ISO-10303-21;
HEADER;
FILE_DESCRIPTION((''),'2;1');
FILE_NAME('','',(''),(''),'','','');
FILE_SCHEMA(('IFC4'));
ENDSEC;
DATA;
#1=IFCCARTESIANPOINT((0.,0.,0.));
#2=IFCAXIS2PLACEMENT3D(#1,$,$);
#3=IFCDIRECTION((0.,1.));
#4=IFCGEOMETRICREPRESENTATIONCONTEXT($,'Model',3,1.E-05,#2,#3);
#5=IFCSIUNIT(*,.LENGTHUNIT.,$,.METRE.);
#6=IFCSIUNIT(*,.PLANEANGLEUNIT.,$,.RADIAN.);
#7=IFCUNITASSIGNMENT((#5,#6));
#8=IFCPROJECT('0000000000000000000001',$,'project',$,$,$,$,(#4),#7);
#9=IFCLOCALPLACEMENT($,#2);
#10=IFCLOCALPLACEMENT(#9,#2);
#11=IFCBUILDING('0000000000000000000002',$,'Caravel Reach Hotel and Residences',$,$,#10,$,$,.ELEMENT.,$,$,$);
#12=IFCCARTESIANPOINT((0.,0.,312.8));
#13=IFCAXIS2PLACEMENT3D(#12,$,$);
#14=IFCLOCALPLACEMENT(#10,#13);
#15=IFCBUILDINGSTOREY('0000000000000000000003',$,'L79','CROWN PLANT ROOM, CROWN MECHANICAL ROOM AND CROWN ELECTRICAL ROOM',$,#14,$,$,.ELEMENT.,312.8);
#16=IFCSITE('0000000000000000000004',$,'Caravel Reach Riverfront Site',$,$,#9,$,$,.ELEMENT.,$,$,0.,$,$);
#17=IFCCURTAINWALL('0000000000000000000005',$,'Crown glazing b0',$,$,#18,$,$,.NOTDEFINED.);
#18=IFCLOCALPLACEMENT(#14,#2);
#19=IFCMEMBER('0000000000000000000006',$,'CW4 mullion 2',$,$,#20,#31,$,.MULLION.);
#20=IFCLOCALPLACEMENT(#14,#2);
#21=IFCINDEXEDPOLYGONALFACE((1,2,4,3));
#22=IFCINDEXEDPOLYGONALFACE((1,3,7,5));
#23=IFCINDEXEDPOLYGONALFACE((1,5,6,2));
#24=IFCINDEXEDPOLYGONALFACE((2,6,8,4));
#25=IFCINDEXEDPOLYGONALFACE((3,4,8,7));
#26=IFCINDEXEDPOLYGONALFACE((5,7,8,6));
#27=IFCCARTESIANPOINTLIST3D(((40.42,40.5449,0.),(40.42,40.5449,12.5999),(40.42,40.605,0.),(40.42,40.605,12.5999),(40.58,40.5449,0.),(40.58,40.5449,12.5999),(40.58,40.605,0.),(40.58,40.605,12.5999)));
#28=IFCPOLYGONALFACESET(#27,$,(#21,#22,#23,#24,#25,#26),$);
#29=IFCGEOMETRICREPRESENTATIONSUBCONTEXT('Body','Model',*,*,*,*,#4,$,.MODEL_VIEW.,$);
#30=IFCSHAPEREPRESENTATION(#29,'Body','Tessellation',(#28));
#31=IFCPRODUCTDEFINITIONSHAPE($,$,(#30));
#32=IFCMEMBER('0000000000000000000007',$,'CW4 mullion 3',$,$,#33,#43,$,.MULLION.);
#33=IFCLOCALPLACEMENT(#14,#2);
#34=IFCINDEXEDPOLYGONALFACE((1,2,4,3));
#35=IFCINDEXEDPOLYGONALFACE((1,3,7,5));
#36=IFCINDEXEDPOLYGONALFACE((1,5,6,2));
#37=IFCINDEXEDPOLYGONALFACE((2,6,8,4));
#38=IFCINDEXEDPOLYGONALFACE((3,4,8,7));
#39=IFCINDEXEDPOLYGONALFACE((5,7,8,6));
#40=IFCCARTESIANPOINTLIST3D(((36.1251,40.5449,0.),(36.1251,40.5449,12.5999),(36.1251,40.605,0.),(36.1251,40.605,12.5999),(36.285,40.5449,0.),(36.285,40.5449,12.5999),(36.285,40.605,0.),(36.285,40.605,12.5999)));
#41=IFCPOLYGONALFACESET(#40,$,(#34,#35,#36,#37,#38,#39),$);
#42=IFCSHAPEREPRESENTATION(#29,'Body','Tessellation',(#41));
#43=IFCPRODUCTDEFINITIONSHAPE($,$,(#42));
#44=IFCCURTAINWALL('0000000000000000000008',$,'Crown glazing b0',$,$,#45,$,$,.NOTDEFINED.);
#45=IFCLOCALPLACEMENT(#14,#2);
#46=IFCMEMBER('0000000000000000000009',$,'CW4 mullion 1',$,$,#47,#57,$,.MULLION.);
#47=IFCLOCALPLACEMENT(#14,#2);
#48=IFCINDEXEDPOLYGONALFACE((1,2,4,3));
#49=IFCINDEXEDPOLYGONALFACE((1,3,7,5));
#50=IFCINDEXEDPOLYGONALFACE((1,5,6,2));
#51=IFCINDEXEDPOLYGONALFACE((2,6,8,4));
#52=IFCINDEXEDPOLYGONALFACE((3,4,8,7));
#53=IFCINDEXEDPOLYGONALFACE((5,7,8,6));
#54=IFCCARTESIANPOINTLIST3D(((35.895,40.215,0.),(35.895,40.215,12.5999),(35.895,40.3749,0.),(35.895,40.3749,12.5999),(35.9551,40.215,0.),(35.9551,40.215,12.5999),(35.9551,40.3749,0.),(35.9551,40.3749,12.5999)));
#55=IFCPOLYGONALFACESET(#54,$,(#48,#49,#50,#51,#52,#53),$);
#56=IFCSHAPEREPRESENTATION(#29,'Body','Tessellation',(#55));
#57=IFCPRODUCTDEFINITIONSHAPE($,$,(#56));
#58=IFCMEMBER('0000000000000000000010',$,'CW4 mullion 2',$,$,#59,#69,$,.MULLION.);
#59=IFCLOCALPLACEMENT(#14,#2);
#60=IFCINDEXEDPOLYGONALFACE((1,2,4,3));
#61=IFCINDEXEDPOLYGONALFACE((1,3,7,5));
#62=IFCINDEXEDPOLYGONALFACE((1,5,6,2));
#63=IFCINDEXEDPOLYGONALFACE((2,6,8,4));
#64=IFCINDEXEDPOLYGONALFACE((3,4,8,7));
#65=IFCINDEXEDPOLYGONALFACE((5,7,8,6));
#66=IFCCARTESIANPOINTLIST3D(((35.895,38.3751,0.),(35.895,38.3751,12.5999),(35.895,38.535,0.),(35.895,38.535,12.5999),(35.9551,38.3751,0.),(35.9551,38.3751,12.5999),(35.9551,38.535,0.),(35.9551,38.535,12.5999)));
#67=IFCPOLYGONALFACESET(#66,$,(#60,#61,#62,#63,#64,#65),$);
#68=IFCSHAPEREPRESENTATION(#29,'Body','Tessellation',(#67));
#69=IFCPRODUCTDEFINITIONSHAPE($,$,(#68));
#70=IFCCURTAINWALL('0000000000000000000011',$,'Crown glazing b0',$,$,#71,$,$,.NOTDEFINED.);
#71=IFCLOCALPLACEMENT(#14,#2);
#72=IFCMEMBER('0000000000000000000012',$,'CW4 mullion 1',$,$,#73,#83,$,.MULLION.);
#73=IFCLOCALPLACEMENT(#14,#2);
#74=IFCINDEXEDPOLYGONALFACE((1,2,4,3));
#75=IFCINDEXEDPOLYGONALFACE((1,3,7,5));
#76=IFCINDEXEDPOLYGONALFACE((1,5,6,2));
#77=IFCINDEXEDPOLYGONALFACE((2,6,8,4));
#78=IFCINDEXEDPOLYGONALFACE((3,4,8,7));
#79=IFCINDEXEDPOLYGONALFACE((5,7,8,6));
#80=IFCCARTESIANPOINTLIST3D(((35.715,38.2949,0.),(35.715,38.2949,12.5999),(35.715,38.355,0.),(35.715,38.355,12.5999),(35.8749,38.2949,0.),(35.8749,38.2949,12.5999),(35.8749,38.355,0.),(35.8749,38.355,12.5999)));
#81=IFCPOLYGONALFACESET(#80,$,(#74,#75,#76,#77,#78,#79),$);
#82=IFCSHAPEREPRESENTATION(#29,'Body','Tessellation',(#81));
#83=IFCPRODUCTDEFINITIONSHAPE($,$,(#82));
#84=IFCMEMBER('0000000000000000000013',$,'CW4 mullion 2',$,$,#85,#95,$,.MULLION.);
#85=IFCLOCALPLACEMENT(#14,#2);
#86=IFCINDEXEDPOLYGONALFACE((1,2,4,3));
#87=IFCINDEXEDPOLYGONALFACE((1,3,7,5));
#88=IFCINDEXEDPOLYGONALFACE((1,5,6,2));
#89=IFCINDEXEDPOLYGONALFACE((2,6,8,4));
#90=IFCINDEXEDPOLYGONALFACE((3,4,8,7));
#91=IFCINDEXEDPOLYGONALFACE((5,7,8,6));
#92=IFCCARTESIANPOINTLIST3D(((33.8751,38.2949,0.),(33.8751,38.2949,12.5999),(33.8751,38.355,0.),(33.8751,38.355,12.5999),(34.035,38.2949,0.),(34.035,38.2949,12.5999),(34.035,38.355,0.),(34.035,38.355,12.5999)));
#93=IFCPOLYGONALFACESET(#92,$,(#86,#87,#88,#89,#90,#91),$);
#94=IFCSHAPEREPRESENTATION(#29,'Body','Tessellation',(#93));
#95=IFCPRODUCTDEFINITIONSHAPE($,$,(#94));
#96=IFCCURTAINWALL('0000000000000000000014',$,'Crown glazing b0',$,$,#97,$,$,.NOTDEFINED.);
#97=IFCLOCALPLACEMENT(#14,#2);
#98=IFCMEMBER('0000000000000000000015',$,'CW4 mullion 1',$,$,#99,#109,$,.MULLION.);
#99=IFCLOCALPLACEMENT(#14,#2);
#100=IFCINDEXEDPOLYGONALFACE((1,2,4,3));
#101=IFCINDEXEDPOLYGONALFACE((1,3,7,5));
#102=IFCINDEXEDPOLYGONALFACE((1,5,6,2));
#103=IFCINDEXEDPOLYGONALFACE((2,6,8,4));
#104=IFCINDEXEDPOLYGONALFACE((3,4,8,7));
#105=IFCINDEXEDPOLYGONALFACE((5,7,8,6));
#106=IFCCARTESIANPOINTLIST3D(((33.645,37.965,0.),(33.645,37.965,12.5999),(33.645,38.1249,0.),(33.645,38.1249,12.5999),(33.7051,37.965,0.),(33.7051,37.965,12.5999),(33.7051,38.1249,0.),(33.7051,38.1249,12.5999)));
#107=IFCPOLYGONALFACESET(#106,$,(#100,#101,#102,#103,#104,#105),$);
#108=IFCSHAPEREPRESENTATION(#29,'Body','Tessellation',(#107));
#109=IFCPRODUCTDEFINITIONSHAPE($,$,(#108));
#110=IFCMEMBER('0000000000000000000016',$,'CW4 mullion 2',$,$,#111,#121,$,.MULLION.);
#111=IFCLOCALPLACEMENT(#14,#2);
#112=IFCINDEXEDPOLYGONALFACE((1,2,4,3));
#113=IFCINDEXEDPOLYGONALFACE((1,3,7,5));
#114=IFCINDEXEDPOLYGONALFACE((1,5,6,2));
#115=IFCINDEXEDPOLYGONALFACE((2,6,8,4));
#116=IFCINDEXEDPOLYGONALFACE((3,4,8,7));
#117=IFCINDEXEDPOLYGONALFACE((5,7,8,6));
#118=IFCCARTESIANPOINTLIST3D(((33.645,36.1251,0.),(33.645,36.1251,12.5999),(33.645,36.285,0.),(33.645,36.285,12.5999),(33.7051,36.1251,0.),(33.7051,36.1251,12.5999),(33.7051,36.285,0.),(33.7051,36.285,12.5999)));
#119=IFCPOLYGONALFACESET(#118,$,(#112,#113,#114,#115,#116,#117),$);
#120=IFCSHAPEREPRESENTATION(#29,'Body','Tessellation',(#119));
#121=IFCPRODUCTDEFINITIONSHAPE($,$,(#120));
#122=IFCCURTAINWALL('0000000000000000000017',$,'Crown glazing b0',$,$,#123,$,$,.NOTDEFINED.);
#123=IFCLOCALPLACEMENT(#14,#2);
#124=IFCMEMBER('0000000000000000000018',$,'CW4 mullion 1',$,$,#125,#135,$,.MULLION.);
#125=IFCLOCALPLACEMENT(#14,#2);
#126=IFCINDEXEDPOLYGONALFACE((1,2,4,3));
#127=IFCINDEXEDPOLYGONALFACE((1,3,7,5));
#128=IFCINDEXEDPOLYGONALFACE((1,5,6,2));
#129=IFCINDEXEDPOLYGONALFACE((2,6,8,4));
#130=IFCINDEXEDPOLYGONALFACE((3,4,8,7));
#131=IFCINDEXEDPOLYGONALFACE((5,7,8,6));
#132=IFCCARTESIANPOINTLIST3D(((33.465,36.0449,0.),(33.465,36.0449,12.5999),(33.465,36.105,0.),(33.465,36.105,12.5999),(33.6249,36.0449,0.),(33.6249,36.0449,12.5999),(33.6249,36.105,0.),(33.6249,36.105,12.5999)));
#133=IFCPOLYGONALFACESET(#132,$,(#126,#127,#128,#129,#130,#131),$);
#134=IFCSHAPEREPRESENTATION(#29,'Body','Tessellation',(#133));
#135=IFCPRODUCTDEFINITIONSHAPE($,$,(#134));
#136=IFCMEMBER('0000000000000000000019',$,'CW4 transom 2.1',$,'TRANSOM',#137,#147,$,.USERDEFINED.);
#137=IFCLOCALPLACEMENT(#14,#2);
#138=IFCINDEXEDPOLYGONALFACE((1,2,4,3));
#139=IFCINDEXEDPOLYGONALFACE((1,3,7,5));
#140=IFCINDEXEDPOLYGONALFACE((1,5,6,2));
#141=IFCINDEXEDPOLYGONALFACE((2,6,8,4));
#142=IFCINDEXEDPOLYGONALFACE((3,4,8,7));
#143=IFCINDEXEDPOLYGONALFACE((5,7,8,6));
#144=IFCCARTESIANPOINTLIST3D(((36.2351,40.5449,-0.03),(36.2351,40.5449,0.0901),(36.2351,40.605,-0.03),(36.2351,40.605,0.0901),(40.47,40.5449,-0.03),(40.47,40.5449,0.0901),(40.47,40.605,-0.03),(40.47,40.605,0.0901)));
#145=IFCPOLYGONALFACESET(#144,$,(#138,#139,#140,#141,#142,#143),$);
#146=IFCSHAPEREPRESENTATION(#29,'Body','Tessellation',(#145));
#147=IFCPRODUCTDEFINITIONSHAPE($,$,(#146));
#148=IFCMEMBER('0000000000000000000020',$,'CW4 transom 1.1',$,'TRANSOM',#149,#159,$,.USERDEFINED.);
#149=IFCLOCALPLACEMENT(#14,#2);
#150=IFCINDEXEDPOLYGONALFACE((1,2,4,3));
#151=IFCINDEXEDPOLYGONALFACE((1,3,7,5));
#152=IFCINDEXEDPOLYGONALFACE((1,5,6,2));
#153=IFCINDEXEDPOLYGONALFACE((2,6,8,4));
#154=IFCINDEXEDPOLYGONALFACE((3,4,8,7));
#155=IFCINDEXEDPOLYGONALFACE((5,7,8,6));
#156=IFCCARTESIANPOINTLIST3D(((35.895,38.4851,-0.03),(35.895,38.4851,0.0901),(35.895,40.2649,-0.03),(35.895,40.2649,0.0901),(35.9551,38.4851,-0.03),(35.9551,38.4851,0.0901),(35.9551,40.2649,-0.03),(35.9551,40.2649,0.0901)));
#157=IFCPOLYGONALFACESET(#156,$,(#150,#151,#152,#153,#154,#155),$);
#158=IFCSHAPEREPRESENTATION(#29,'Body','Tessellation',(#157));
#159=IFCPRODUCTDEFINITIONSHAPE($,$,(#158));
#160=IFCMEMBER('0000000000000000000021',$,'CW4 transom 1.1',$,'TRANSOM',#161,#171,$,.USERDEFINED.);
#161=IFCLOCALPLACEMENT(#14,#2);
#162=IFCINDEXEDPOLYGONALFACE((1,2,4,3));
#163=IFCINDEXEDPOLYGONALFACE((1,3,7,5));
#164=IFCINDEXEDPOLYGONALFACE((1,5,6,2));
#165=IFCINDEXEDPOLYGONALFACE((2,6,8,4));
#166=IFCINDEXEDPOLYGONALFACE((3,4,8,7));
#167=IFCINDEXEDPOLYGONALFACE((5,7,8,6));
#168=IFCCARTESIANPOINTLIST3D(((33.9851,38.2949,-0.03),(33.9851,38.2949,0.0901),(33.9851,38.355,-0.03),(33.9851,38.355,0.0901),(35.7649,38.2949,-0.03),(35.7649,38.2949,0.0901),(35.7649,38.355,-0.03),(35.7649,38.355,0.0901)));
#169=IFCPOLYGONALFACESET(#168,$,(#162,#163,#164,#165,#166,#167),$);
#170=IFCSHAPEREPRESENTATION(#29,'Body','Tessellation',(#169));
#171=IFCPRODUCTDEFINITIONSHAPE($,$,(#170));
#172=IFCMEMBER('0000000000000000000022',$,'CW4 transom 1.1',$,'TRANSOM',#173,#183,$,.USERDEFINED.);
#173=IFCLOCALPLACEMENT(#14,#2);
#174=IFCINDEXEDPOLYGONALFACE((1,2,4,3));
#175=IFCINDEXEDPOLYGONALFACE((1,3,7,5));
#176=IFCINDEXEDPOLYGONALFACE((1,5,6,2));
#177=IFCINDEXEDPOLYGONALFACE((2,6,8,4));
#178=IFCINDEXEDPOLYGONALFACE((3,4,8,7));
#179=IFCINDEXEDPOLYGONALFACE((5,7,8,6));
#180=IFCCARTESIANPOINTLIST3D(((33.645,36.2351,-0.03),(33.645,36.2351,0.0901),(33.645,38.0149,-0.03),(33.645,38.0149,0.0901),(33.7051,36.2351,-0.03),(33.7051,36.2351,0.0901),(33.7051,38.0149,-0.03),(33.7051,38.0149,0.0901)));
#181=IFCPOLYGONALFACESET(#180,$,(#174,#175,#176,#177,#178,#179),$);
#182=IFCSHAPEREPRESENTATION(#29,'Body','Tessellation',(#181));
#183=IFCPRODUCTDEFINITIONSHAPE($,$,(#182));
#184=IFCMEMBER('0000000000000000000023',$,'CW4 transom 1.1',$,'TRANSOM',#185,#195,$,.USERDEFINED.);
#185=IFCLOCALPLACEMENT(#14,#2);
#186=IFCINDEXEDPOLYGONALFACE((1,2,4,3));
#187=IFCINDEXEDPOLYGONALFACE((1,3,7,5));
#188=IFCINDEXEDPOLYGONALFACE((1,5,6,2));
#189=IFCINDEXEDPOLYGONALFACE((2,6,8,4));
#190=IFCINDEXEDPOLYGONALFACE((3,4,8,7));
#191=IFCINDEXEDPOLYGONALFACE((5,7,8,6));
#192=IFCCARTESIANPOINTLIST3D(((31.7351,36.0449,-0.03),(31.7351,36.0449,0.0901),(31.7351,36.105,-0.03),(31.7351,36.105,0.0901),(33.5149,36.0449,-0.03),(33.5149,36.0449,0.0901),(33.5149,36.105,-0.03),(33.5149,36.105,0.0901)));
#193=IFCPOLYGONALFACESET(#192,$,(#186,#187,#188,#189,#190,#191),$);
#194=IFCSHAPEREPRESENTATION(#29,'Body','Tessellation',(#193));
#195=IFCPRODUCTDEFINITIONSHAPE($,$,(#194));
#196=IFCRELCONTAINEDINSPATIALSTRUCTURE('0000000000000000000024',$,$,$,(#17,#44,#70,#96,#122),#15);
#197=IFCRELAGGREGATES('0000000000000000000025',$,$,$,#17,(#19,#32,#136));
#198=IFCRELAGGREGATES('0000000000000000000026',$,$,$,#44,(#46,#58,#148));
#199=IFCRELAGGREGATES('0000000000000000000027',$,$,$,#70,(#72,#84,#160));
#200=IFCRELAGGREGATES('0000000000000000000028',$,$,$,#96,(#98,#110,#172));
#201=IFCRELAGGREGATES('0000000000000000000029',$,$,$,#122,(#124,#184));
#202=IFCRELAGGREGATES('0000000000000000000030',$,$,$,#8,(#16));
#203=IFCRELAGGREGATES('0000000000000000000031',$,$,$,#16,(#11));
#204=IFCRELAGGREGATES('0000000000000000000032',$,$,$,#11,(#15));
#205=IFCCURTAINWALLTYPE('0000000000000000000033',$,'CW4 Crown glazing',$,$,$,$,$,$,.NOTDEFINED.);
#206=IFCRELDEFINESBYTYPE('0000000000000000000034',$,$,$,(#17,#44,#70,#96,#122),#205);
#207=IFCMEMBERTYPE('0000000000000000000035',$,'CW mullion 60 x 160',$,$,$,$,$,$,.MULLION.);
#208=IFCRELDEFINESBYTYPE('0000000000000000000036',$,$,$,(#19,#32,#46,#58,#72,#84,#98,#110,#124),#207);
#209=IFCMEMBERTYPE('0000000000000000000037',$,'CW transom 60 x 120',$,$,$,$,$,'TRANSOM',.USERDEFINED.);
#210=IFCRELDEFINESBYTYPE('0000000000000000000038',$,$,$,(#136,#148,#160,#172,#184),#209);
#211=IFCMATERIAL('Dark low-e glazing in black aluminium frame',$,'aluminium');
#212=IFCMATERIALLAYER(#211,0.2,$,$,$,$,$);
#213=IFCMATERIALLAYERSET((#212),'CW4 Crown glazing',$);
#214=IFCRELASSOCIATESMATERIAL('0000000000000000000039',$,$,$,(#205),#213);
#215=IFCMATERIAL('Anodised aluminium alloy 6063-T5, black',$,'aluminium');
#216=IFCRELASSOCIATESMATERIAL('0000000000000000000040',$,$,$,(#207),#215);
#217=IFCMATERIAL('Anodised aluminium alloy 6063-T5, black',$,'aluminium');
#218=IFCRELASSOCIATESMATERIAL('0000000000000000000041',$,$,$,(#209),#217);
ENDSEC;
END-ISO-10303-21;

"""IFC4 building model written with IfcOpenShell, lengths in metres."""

from ifc_helpers import new_model, si_unit, direction, frame, origin, origin_2d, place, context, subcontext, project, spatial, rectangle, extrude, material, layer, layer_set, material_profile, profile_set, type_object, element, aggregate, save


model = new_model("IFC4")

# Units and contexts
model_context = context("Model", 3, precision=1e-05, world=origin(), true_north=direction((0.0, 1.0)))
body_context = subcontext(model_context, "Body", "Model", "MODEL_VIEW")
ifc_project = project(units=[si_unit("LENGTHUNIT", "METRE"), si_unit("PLANEANGLEUNIT", "RADIAN")], contexts=[model_context])

# Site, building, storey
site_placement = place(None, origin())
site = spatial("IfcSite", under=ifc_project, at=site_placement, Name="Caravel Reach Riverfront Site", CompositionType="ELEMENT", RefElevation=0.0)
building_placement = place(site_placement, origin())
building = spatial("IfcBuilding", under=site, at=building_placement, Name="Caravel Reach Hotel and Residences", CompositionType="ELEMENT")
storey_placement = place(building_placement, frame((0.0, 0.0, 312.8)))
storey = spatial("IfcBuildingStorey", under=building, at=storey_placement, Name="L79", Description="CROWN PLANT ROOM, CROWN MECHANICAL ROOM AND CROWN ELECTRICAL ROOM", CompositionType="ELEMENT", Elevation=312.8)

# Curtain walls, members
ifc_material_1 = material(Name="Dark low-e glazing in black aluminium frame", Category="aluminium")
ifc_layer_1 = layer(ifc_material_1, 0.2)
ifc_layer_set_1 = layer_set([ifc_layer_1], Name="CW4 Crown glazing")
curtain_wall_type = type_object("IfcCurtainWallType", Name="CW4 Crown glazing", PredefinedType="NOTDEFINED", material=ifc_layer_set_1)
curtain_wall_1_placement = place(storey_placement, origin())
curtain_wall_1 = element("IfcCurtainWall", 1, at=curtain_wall_1_placement, inside=storey, type_object=curtain_wall_type, Name="Crown glazing b0", PredefinedType="NOTDEFINED")
ifc_material_2 = material(Name="Anodised aluminium alloy 6063-T5, black", Category="aluminium")
ifc_material_profile_1 = material_profile(ifc_material_2, rectangle(XDim=0.0601, YDim=0.1599, at=origin_2d()), Name="CW mullion 60 x 160")
ifc_profile_set_1 = profile_set([ifc_material_profile_1], Name="Anodised aluminium alloy 6063-T5, black")
member_type_1 = type_object("IfcMemberType", Name="CW mullion 60 x 160", PredefinedType="MULLION", material=ifc_profile_set_1)
member_1_placement = place(storey_placement, frame((40.5, 40.575, 0.0), z_axis=(0.0, 0.0, 1.0), x_axis=(0.0, -1.0, 0.0)))
member_1 = element("IfcMember", 2, at=member_1_placement, type_object=member_type_1, Name="CW4 mullion 2", PredefinedType="MULLION", context=body_context, shape_type="SweptSolid", body=[
    extrude(rectangle(XDim=0.0601, YDim=0.1599, at=origin_2d()), origin(), (0.0, 0.0, 1.0), 12.5999),
])
member_2_placement = place(storey_placement, frame((36.2051, 40.575, 0.0), z_axis=(0.0, 0.0, 1.0), x_axis=(0.0, -1.0, 0.0)))
member_2 = element("IfcMember", 3, at=member_2_placement, type_object=member_type_1, Name="CW4 mullion 3", PredefinedType="MULLION", context=body_context, shape_type="SweptSolid", body=[
    extrude(rectangle(XDim=0.0601, YDim=0.1599, at=origin_2d()), origin(), (0.0, 0.0, 1.0), 12.5999),
])
curtain_wall_2_placement = place(storey_placement, origin())
curtain_wall_2 = element("IfcCurtainWall", 4, at=curtain_wall_2_placement, inside=storey, type_object=curtain_wall_type, Name="Crown glazing b0", PredefinedType="NOTDEFINED")
member_3_placement = place(storey_placement, frame((35.925, 40.2949, 0.0), z_axis=(0.0, 0.0, 1.0), x_axis=(1.0, 0.0, 0.0)))
member_3 = element("IfcMember", 5, at=member_3_placement, type_object=member_type_1, Name="CW4 mullion 1", PredefinedType="MULLION", context=body_context, shape_type="SweptSolid", body=[
    extrude(rectangle(XDim=0.0601, YDim=0.1599, at=origin_2d()), origin(), (0.0, 0.0, 1.0), 12.5999),
])
member_4_placement = place(storey_placement, frame((35.925, 38.4551, 0.0), z_axis=(0.0, 0.0, 1.0), x_axis=(1.0, 0.0, 0.0)))
member_4 = element("IfcMember", 6, at=member_4_placement, type_object=member_type_1, Name="CW4 mullion 2", PredefinedType="MULLION", context=body_context, shape_type="SweptSolid", body=[
    extrude(rectangle(XDim=0.0601, YDim=0.1599, at=origin_2d()), origin(), (0.0, 0.0, 1.0), 12.5999),
])
curtain_wall_3_placement = place(storey_placement, origin())
curtain_wall_3 = element("IfcCurtainWall", 7, at=curtain_wall_3_placement, inside=storey, type_object=curtain_wall_type, Name="Crown glazing b0", PredefinedType="NOTDEFINED")
member_5_placement = place(storey_placement, frame((35.7949, 38.325, 0.0), z_axis=(0.0, 0.0, 1.0), x_axis=(0.0, -1.0, 0.0)))
member_5 = element("IfcMember", 8, at=member_5_placement, type_object=member_type_1, Name="CW4 mullion 1", PredefinedType="MULLION", context=body_context, shape_type="SweptSolid", body=[
    extrude(rectangle(XDim=0.0601, YDim=0.1599, at=origin_2d()), origin(), (0.0, 0.0, 1.0), 12.5999),
])
member_6_placement = place(storey_placement, frame((33.9551, 38.325, 0.0), z_axis=(0.0, 0.0, 1.0), x_axis=(0.0, -1.0, 0.0)))
member_6 = element("IfcMember", 9, at=member_6_placement, type_object=member_type_1, Name="CW4 mullion 2", PredefinedType="MULLION", context=body_context, shape_type="SweptSolid", body=[
    extrude(rectangle(XDim=0.0601, YDim=0.1599, at=origin_2d()), origin(), (0.0, 0.0, 1.0), 12.5999),
])
curtain_wall_4_placement = place(storey_placement, origin())
curtain_wall_4 = element("IfcCurtainWall", 10, at=curtain_wall_4_placement, inside=storey, type_object=curtain_wall_type, Name="Crown glazing b0", PredefinedType="NOTDEFINED")
member_7_placement = place(storey_placement, frame((33.675, 38.0449, 0.0), z_axis=(0.0, 0.0, 1.0), x_axis=(1.0, 0.0, 0.0)))
member_7 = element("IfcMember", 11, at=member_7_placement, type_object=member_type_1, Name="CW4 mullion 1", PredefinedType="MULLION", context=body_context, shape_type="SweptSolid", body=[
    extrude(rectangle(XDim=0.0601, YDim=0.1599, at=origin_2d()), origin(), (0.0, 0.0, 1.0), 12.5999),
])
member_8_placement = place(storey_placement, frame((33.675, 36.2051, 0.0), z_axis=(0.0, 0.0, 1.0), x_axis=(1.0, 0.0, 0.0)))
member_8 = element("IfcMember", 12, at=member_8_placement, type_object=member_type_1, Name="CW4 mullion 2", PredefinedType="MULLION", context=body_context, shape_type="SweptSolid", body=[
    extrude(rectangle(XDim=0.0601, YDim=0.1599, at=origin_2d()), origin(), (0.0, 0.0, 1.0), 12.5999),
])

# Curtain wall, member
curtain_wall_5_placement = place(storey_placement, origin())
curtain_wall_5 = element("IfcCurtainWall", 13, at=curtain_wall_5_placement, inside=storey, type_object=curtain_wall_type, Name="Crown glazing b0", PredefinedType="NOTDEFINED")
member_9_placement = place(storey_placement, frame((33.5449, 36.075, 0.0), z_axis=(0.0, 0.0, 1.0), x_axis=(0.0, -1.0, 0.0)))
member_9 = element("IfcMember", 14, at=member_9_placement, type_object=member_type_1, Name="CW4 mullion 1", PredefinedType="MULLION", context=body_context, shape_type="SweptSolid", body=[
    extrude(rectangle(XDim=0.0601, YDim=0.1599, at=origin_2d()), origin(), (0.0, 0.0, 1.0), 12.5999),
])

# Members
ifc_material_3 = material(Name="Anodised aluminium alloy 6063-T5, black", Category="aluminium")
ifc_material_profile_2 = material_profile(ifc_material_3, rectangle(XDim=0.0601, YDim=0.1201, at=origin_2d()), Name="CW transom 60 x 120")
ifc_profile_set_2 = profile_set([ifc_material_profile_2], Name="Anodised aluminium alloy 6063-T5, black")
member_type_2 = type_object("IfcMemberType", Name="CW transom 60 x 120", ElementType="TRANSOM", PredefinedType="USERDEFINED", material=ifc_profile_set_2)
member_10_placement = place(storey_placement, frame((40.47, 40.575, 0.03), z_axis=(-1.0, 0.0, 0.0), x_axis=(0.0, -1.0, 0.0)))
member_10 = element("IfcMember", 15, at=member_10_placement, type_object=member_type_2, Name="CW4 transom 2.1", ObjectType="TRANSOM", PredefinedType="USERDEFINED", context=body_context, shape_type="SweptSolid", body=[
    extrude(rectangle(XDim=0.0601, YDim=0.1201, at=origin_2d()), origin(), (0.0, 0.0, 1.0), 4.2349),
])
member_11_placement = place(storey_placement, frame((35.925, 40.2649, 0.03), z_axis=(0.0, -1.0, 0.0), x_axis=(1.0, 0.0, 0.0)))
member_11 = element("IfcMember", 16, at=member_11_placement, type_object=member_type_2, Name="CW4 transom 1.1", ObjectType="TRANSOM", PredefinedType="USERDEFINED", context=body_context, shape_type="SweptSolid", body=[
    extrude(rectangle(XDim=0.0601, YDim=0.1201, at=origin_2d()), origin(), (0.0, 0.0, 1.0), 1.7798),
])
member_12_placement = place(storey_placement, frame((35.7649, 38.325, 0.03), z_axis=(-1.0, 0.0, 0.0), x_axis=(0.0, -1.0, 0.0)))
member_12 = element("IfcMember", 17, at=member_12_placement, type_object=member_type_2, Name="CW4 transom 1.1", ObjectType="TRANSOM", PredefinedType="USERDEFINED", context=body_context, shape_type="SweptSolid", body=[
    extrude(rectangle(XDim=0.0601, YDim=0.1201, at=origin_2d()), origin(), (0.0, 0.0, 1.0), 1.7798),
])
member_13_placement = place(storey_placement, frame((33.675, 38.0149, 0.03), z_axis=(0.0, -1.0, 0.0), x_axis=(1.0, 0.0, 0.0)))
member_13 = element("IfcMember", 18, at=member_13_placement, type_object=member_type_2, Name="CW4 transom 1.1", ObjectType="TRANSOM", PredefinedType="USERDEFINED", context=body_context, shape_type="SweptSolid", body=[
    extrude(rectangle(XDim=0.0601, YDim=0.1201, at=origin_2d()), origin(), (0.0, 0.0, 1.0), 1.7798),
])
member_14_placement = place(storey_placement, frame((33.5149, 36.075, 0.03), z_axis=(-1.0, 0.0, 0.0), x_axis=(0.0, -1.0, 0.0)))
member_14 = element("IfcMember", 19, at=member_14_placement, type_object=member_type_2, Name="CW4 transom 1.1", ObjectType="TRANSOM", PredefinedType="USERDEFINED", context=body_context, shape_type="SweptSolid", body=[
    extrude(rectangle(XDim=0.0601, YDim=0.1201, at=origin_2d()), origin(), (0.0, 0.0, 1.0), 1.7798),
])

aggregate(curtain_wall_1, [member_1, member_2, member_10])
aggregate(curtain_wall_2, [member_3, member_4, member_11])
aggregate(curtain_wall_3, [member_5, member_6, member_12])
aggregate(curtain_wall_4, [member_7, member_8, member_13])
aggregate(curtain_wall_5, [member_9, member_14])

save(model, "model.ifc")
